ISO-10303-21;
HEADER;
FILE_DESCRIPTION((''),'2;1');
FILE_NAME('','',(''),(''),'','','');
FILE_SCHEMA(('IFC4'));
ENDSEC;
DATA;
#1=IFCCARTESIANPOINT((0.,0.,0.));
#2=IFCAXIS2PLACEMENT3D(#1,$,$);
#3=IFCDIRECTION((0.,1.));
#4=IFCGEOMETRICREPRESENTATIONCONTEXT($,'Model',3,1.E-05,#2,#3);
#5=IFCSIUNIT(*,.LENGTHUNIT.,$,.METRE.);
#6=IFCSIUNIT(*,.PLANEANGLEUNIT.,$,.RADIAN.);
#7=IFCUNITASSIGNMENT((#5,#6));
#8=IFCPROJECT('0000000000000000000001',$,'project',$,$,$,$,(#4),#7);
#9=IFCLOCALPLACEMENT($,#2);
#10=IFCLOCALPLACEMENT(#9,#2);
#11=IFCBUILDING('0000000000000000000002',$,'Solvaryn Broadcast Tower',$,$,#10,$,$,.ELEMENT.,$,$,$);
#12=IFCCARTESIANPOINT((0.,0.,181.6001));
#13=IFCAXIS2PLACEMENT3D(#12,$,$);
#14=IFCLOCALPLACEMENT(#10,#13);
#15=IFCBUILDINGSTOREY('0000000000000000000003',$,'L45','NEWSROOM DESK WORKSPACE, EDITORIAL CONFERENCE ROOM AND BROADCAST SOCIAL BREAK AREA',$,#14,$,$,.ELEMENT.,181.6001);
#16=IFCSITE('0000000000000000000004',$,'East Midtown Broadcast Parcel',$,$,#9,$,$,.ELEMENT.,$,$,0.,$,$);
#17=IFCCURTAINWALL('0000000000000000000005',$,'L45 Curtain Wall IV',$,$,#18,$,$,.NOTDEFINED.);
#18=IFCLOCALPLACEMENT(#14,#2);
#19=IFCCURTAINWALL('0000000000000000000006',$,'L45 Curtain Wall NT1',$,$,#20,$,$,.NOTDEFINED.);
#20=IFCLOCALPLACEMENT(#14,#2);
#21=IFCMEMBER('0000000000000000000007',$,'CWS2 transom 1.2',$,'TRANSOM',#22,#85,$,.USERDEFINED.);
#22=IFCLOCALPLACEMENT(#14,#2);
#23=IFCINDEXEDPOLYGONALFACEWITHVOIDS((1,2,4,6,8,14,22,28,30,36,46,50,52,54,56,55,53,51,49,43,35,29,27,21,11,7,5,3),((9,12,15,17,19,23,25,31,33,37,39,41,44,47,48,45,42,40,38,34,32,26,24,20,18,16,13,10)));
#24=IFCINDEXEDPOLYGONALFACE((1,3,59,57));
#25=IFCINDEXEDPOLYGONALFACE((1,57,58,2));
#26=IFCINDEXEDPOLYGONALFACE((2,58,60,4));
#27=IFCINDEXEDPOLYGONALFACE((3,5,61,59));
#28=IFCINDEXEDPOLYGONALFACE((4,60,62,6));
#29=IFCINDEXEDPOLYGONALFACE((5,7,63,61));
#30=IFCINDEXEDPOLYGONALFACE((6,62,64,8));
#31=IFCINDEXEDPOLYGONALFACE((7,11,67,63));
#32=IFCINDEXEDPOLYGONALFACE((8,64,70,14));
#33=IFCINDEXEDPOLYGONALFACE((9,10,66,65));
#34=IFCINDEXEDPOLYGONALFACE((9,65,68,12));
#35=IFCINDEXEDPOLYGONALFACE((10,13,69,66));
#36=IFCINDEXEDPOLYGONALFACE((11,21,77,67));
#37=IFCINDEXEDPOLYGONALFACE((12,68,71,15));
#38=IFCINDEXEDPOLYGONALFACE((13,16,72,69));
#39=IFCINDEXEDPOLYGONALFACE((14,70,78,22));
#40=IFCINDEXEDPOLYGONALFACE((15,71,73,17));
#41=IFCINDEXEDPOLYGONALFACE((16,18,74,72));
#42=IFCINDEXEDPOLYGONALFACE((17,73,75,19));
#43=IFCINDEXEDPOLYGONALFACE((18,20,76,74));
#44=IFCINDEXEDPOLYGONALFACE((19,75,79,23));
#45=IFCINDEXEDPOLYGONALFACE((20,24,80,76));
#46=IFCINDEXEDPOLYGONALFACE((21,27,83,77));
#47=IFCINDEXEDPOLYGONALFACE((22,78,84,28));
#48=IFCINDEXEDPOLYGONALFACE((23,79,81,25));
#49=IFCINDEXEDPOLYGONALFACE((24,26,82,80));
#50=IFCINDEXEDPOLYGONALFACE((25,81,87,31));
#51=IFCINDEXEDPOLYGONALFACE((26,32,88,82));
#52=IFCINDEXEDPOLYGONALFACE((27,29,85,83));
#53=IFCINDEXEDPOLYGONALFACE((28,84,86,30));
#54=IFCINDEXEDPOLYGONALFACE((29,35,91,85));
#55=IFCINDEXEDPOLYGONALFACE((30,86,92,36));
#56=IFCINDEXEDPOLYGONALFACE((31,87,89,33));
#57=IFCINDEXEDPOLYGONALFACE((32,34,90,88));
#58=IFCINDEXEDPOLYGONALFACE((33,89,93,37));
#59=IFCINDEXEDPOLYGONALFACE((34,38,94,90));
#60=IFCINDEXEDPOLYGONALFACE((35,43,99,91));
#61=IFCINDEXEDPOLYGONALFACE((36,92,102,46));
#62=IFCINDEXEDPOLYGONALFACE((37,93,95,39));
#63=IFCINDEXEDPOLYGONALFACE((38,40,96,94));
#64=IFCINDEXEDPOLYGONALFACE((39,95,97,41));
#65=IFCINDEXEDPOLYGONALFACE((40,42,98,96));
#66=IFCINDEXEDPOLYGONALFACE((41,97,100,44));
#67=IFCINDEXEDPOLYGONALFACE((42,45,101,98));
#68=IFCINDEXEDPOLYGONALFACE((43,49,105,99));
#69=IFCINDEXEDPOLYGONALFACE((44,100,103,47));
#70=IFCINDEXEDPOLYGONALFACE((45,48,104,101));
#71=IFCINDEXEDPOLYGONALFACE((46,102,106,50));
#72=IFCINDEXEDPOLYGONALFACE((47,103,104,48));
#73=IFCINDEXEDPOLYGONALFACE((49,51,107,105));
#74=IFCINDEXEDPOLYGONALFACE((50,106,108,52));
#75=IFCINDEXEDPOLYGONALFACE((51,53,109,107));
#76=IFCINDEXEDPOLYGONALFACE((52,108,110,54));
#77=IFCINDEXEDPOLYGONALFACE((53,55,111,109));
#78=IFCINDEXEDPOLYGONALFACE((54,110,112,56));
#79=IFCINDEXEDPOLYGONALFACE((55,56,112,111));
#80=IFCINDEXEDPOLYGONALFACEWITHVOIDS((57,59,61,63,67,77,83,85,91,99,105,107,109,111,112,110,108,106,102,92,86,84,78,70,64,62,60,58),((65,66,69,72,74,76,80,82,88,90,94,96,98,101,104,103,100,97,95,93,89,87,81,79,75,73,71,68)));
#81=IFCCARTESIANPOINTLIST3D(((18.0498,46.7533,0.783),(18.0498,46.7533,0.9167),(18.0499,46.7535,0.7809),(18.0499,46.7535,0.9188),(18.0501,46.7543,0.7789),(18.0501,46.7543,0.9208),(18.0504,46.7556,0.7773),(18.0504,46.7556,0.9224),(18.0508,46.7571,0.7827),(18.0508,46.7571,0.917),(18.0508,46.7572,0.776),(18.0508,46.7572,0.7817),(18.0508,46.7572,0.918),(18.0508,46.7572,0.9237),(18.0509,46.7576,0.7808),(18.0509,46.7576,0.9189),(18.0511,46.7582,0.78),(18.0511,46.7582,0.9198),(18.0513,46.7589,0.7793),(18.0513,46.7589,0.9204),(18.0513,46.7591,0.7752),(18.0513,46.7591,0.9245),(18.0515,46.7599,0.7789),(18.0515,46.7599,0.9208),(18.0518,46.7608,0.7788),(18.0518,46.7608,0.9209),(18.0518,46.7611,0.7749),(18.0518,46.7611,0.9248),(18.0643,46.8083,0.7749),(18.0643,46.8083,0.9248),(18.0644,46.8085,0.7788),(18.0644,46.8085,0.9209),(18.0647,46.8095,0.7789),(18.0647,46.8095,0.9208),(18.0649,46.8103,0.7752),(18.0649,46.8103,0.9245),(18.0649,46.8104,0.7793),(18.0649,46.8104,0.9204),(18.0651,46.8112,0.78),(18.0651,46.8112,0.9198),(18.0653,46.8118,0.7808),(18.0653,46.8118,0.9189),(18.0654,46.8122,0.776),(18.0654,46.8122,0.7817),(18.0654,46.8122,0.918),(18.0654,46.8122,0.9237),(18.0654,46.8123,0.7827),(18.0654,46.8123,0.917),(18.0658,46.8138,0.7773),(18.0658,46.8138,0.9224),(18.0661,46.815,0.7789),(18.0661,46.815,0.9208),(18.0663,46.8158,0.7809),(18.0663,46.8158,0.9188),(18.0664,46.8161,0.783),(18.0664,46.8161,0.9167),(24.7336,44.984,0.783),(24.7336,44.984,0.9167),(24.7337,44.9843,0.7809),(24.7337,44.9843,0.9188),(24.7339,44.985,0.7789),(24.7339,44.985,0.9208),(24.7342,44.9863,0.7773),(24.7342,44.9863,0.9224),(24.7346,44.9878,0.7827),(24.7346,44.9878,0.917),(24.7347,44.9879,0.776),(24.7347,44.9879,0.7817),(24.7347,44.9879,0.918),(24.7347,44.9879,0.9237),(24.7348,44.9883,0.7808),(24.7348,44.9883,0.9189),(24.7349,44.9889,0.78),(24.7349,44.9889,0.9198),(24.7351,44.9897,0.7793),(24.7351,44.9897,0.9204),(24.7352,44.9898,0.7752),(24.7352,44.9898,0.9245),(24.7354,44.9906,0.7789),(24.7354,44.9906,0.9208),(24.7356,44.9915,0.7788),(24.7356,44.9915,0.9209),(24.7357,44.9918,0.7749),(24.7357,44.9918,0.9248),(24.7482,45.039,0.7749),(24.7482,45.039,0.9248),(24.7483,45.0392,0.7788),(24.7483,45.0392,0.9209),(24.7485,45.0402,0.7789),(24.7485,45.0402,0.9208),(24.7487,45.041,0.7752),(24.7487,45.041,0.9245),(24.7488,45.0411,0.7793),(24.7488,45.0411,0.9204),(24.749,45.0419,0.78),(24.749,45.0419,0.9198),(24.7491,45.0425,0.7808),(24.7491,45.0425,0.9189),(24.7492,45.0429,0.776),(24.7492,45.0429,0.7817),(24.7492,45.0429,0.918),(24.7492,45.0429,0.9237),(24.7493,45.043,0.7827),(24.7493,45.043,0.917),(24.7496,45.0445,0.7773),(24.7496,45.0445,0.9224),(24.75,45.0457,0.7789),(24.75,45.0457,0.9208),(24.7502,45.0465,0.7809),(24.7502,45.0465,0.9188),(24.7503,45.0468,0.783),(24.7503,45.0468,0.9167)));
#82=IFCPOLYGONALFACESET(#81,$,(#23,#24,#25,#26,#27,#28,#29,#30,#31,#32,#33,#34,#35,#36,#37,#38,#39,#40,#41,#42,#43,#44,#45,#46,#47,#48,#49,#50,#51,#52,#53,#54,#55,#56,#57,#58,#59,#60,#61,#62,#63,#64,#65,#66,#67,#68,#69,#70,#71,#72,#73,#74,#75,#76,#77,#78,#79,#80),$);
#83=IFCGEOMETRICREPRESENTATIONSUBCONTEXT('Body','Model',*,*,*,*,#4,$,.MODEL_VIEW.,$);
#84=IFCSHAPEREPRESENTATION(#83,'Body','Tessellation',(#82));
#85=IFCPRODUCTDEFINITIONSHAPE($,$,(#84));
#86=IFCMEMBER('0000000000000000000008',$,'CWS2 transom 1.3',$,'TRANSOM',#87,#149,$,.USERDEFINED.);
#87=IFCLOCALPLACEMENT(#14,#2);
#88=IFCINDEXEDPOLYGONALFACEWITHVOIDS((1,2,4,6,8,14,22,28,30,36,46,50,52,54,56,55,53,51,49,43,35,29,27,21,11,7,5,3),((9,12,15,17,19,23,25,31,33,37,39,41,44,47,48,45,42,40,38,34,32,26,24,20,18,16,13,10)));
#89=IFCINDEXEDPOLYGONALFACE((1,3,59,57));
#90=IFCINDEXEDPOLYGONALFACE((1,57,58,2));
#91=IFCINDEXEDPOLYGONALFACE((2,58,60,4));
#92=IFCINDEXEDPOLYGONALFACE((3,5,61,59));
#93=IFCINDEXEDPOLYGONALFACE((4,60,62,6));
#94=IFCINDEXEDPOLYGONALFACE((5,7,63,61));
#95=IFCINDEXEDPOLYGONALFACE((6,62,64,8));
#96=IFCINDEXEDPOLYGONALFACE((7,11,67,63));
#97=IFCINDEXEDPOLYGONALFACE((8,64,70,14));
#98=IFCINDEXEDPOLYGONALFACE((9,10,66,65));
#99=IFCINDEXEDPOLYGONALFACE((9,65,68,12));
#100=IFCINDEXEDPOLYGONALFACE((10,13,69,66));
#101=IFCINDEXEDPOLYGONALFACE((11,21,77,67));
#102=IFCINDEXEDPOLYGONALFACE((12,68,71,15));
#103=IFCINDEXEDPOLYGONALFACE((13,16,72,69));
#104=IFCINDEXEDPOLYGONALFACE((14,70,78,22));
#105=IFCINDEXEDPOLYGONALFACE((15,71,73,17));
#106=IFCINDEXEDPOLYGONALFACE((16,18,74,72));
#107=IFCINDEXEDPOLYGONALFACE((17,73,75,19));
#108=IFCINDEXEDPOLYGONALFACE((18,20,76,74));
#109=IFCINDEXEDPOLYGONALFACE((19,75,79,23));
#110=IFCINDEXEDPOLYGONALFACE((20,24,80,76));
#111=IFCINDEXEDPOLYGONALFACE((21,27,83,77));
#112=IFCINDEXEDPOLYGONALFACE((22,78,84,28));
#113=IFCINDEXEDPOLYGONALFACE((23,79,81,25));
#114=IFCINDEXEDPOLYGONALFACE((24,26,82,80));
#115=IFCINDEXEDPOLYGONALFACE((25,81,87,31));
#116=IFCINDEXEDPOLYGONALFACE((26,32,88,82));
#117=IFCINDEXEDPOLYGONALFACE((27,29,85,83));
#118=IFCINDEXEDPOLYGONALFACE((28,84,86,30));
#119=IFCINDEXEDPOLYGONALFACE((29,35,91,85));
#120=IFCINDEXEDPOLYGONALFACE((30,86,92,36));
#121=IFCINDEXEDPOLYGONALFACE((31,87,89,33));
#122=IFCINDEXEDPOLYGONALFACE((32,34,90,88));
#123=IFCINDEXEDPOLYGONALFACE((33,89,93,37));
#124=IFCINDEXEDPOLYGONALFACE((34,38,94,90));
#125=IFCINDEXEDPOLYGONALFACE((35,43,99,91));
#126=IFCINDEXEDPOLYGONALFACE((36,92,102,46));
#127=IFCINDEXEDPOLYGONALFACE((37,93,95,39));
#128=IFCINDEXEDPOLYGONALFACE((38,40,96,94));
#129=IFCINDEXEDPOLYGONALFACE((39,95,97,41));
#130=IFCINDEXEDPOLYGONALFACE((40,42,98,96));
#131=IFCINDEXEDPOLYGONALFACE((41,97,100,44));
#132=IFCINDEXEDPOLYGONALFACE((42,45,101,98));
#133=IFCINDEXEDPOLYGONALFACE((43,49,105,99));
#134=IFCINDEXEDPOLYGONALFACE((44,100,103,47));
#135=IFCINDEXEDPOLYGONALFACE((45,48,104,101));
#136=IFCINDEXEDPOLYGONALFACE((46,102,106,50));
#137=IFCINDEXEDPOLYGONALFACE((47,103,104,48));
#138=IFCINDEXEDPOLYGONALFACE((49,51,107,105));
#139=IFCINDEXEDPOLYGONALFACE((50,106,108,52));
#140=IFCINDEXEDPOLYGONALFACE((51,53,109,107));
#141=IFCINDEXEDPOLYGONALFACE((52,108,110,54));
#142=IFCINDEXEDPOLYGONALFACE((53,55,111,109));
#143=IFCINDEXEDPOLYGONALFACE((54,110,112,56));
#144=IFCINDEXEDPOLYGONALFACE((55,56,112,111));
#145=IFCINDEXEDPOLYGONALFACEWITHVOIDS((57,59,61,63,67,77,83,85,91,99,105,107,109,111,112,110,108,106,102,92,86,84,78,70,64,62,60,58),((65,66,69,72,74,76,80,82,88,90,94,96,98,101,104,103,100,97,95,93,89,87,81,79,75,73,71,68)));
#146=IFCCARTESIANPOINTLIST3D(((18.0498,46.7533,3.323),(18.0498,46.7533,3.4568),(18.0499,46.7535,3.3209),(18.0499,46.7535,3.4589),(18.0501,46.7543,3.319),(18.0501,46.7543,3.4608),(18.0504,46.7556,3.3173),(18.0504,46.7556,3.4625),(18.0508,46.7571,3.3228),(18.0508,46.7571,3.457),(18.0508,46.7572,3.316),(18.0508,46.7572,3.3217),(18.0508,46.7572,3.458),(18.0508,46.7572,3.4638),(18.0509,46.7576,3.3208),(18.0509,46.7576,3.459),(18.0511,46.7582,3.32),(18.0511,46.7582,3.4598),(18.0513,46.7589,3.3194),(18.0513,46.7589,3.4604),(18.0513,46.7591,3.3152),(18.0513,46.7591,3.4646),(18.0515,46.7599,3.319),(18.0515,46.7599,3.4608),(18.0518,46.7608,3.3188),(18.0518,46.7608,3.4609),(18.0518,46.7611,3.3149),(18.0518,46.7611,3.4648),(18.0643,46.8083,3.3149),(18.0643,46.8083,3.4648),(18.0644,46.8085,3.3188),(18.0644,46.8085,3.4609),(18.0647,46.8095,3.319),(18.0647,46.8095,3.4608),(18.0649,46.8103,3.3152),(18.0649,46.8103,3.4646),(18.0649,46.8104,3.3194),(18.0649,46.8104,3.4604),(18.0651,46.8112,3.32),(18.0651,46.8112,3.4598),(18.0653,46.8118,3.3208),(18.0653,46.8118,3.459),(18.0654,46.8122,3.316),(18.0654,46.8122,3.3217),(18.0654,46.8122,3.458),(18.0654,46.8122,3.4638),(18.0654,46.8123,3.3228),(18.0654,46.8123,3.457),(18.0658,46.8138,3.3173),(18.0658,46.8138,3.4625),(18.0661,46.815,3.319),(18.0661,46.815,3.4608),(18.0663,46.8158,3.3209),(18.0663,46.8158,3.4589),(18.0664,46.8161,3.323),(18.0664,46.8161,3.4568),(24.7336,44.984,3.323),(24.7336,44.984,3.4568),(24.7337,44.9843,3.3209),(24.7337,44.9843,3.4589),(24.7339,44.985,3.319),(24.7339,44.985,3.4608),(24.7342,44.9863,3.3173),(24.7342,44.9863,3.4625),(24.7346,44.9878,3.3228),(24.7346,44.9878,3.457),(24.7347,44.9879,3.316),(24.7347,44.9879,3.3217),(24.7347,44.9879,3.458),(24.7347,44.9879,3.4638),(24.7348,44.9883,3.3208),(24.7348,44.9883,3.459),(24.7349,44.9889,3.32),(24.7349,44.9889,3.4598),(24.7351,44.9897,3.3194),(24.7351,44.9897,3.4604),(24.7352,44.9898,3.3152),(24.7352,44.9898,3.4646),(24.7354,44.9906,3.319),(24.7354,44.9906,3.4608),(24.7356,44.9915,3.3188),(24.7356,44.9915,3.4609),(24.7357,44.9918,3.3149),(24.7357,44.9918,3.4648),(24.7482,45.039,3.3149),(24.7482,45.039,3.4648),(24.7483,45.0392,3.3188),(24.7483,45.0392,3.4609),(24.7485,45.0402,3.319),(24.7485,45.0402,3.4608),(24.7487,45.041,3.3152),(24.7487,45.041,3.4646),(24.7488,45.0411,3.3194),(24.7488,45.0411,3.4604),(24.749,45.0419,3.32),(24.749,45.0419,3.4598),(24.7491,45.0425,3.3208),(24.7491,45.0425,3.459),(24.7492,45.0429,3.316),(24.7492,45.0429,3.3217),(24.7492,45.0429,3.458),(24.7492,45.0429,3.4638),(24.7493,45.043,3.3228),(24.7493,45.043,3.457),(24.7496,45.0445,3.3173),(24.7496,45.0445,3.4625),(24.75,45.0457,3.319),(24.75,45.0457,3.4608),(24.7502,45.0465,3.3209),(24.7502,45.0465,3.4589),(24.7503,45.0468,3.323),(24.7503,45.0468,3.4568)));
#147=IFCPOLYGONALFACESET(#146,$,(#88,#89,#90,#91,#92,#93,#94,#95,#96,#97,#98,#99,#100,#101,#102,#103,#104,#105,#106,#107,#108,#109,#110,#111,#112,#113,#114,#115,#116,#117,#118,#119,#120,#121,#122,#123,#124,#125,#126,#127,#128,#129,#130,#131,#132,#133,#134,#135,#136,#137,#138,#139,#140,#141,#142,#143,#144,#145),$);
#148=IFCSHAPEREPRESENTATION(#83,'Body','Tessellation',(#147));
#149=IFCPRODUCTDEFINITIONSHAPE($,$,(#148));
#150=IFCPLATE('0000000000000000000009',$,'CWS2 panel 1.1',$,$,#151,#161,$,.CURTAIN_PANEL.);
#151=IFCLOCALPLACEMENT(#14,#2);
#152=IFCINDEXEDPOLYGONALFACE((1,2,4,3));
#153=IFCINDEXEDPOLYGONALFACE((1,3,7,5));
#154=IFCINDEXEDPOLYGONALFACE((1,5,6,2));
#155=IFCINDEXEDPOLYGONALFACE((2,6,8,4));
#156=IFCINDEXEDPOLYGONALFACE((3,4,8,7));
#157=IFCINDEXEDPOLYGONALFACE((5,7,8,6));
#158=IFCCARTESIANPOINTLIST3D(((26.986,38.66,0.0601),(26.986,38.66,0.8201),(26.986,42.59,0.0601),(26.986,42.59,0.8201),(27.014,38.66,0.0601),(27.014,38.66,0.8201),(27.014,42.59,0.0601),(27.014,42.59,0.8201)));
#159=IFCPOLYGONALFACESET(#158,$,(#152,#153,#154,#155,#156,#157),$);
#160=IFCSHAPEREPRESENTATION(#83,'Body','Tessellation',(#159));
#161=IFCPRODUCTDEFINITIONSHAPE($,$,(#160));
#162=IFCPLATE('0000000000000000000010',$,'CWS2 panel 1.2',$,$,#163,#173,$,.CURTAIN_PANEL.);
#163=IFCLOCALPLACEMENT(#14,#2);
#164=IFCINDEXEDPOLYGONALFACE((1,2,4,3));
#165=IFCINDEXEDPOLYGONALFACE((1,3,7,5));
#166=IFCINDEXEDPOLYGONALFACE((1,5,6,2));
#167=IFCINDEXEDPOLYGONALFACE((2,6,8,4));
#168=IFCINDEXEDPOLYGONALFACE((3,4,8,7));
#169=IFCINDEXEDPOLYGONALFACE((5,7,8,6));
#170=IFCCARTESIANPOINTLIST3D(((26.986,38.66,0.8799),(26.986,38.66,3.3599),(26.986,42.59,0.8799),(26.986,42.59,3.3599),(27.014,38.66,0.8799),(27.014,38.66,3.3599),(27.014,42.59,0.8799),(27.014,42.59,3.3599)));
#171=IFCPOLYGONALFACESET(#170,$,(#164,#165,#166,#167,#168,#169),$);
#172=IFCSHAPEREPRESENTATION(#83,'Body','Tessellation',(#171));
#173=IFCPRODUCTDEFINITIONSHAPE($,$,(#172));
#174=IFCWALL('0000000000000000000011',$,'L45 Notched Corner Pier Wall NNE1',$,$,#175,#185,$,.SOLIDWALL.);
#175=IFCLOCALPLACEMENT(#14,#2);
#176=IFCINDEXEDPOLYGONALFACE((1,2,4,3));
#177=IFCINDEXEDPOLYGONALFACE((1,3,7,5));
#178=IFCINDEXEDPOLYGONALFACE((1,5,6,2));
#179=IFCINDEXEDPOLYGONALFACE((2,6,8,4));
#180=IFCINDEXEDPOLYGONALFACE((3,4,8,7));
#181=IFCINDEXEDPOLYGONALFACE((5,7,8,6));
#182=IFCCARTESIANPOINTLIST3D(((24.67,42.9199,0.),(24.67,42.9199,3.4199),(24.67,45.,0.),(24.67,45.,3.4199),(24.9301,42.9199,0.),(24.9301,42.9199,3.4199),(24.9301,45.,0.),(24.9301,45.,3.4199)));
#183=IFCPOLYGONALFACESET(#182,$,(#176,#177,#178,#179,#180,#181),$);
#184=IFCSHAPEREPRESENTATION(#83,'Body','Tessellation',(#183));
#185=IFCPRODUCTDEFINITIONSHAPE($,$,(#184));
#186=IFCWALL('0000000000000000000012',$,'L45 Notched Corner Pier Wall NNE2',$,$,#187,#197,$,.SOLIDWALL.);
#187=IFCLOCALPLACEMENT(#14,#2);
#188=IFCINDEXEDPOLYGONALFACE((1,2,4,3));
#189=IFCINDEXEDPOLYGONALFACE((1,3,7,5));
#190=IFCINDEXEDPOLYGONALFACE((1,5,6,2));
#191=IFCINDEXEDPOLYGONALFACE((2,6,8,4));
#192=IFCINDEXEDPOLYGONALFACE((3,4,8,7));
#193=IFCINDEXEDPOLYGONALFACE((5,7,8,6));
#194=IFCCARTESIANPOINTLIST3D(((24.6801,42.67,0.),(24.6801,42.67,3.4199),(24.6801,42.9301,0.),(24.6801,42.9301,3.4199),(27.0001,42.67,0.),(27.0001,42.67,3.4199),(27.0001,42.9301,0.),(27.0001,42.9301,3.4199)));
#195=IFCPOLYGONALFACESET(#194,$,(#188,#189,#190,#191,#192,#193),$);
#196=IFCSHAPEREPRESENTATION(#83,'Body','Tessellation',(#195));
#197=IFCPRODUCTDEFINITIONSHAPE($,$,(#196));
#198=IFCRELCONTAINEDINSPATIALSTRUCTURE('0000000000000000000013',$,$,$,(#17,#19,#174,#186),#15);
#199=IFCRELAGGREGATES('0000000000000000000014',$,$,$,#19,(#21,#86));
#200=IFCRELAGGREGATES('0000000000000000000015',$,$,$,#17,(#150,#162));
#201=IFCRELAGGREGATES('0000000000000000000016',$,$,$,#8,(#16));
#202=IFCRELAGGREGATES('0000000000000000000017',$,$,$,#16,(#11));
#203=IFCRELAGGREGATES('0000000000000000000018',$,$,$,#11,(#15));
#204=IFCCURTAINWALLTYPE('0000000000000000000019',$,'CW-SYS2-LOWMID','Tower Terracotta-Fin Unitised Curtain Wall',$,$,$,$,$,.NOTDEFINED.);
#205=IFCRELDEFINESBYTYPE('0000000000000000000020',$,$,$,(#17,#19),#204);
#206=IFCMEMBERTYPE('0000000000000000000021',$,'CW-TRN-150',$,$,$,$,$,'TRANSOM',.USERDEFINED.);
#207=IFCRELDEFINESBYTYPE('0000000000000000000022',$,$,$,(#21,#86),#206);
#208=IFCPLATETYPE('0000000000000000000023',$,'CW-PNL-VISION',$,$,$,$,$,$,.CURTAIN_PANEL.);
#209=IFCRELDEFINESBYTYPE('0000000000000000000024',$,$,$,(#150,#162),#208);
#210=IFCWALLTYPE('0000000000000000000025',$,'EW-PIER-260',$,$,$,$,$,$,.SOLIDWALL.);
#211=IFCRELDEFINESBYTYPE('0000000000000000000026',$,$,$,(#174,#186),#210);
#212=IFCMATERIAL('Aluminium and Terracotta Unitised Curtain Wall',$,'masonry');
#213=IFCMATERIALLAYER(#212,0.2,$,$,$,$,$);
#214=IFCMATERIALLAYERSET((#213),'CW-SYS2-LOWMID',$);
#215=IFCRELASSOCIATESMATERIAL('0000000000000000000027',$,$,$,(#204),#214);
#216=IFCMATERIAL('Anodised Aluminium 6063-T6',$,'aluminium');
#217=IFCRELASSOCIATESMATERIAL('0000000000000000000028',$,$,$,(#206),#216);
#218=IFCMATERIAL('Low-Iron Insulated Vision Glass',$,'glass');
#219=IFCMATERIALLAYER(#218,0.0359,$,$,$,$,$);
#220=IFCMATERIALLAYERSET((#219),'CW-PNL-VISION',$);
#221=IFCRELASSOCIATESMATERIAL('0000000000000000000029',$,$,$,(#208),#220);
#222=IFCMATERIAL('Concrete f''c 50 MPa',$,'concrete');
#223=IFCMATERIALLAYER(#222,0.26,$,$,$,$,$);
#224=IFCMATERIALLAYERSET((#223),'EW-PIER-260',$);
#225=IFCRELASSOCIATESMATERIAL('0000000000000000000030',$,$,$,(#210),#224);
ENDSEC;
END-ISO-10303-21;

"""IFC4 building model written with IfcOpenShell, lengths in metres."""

from ifc_helpers import new_model, si_unit, direction, frame, frame_2d, origin, origin_2d, place, context, subcontext, project, spatial, rectangle, hollow_rectangle, extrude, material, layer, layer_set, material_profile, profile_set, type_object, element, aggregate, save


model = new_model("IFC4")

# Units and contexts
model_context = context("Model", 3, precision=1e-05, world=origin(), true_north=direction((0.0, 1.0)))
body_context = subcontext(model_context, "Body", "Model", "MODEL_VIEW")
ifc_project = project(units=[si_unit("LENGTHUNIT", "METRE"), si_unit("PLANEANGLEUNIT", "RADIAN")], contexts=[model_context])

# Site, building, storey
site_placement = place(None, origin())
site = spatial("IfcSite", under=ifc_project, at=site_placement, Name="East Midtown Broadcast Parcel", CompositionType="ELEMENT", RefElevation=0.0)
building_placement = place(site_placement, origin())
building = spatial("IfcBuilding", under=site, at=building_placement, Name="Solvaryn Broadcast Tower", CompositionType="ELEMENT")
storey_placement = place(building_placement, frame((0.0, 0.0, 181.6001)))
storey = spatial("IfcBuildingStorey", under=building, at=storey_placement, Name="L45", Description="NEWSROOM DESK WORKSPACE, EDITORIAL CONFERENCE ROOM AND BROADCAST SOCIAL BREAK AREA", CompositionType="ELEMENT", Elevation=181.6001)

# Curtain wall
ifc_material_1 = material(Name="Aluminium and Terracotta Unitised Curtain Wall", Category="masonry")
ifc_layer_1 = layer(ifc_material_1, 0.2)
ifc_layer_set_1 = layer_set([ifc_layer_1], Name="CW-SYS2-LOWMID")
curtain_wall_type = type_object("IfcCurtainWallType", Name="CW-SYS2-LOWMID", Description="Tower Terracotta-Fin Unitised Curtain Wall", PredefinedType="NOTDEFINED", material=ifc_layer_set_1)
curtain_wall_1_placement = place(storey_placement, origin())
curtain_wall_1 = element("IfcCurtainWall", 1, at=curtain_wall_1_placement, inside=storey, type_object=curtain_wall_type, Name="L45 Curtain Wall IV", PredefinedType="NOTDEFINED")

# Curtain wall
curtain_wall_2_placement = place(storey_placement, origin())
curtain_wall_2 = element("IfcCurtainWall", 2, at=curtain_wall_2_placement, inside=storey, type_object=curtain_wall_type, Name="L45 Curtain Wall NT1", PredefinedType="NOTDEFINED")

# Members
ifc_material_2 = material(Name="Anodised Aluminium 6063-T6", Category="aluminium")
ifc_material_profile_1 = material_profile(ifc_material_2, hollow_rectangle(XDim=0.0649, YDim=0.1499, WallThickness=0.0039, InnerFilletRadius=0.0039, OuterFilletRadius=0.0081, at=origin_2d()))
ifc_profile_set_1 = profile_set([ifc_material_profile_1], Name="Anodised Aluminium 6063-T6")
member_type_1 = type_object("IfcMemberType", Name="CW-TRN-150", ElementType="TRANSOM", PredefinedType="USERDEFINED", material=ifc_profile_set_1)
member_1_placement = place(storey_placement, frame((24.7419, 45.0154, 0.8499), z_axis=(-0.966704, 0.255897, 0.0), x_axis=(-0.255897, -0.966704, 0.0)))
member_1 = element("IfcMember", 3, at=member_1_placement, type_object=member_type_1, Name="CWS2 transom 1.2", ObjectType="TRANSOM", PredefinedType="USERDEFINED", context=body_context, shape_type="SweptSolid", body=[
    extrude(hollow_rectangle(XDim=0.0649, YDim=0.1499, WallThickness=0.0039, InnerFilletRadius=0.0039, OuterFilletRadius=0.0081, at=origin_2d()), origin(), (0.0, 0.0, 1.0), 6.9141),
])
member_2_placement = place(storey_placement, frame((24.7419, 45.0154, 3.3899), z_axis=(-0.966704, 0.255897, 0.0), x_axis=(-0.255897, -0.966704, 0.0)))
member_2 = element("IfcMember", 4, at=member_2_placement, type_object=member_type_1, Name="CWS2 transom 1.3", ObjectType="TRANSOM", PredefinedType="USERDEFINED", context=body_context, shape_type="SweptSolid", body=[
    extrude(hollow_rectangle(XDim=0.0649, YDim=0.1499, WallThickness=0.0039, InnerFilletRadius=0.0039, OuterFilletRadius=0.0081, at=origin_2d()), origin(), (0.0, 0.0, 1.0), 6.9141),
])
aggregate(curtain_wall_2, [member_1, member_2])

# Plates
ifc_material_3 = material(Name="Low-Iron Insulated Vision Glass", Category="glass")
ifc_layer_2 = layer(ifc_material_3, 0.0359)
ifc_layer_set_2 = layer_set([ifc_layer_2], Name="CW-PNL-VISION")
plate_type = type_object("IfcPlateType", Name="CW-PNL-VISION", PredefinedType="CURTAIN_PANEL", material=ifc_layer_set_2)
plate_1_placement = place(storey_placement, frame((27.0, 40.625, 0.0601), z_axis=(0.0, 0.0, 1.0), x_axis=(0.0, -1.0, 0.0)))
plate_1 = element("IfcPlate", 5, at=plate_1_placement, type_object=plate_type, Name="CWS2 panel 1.1", PredefinedType="CURTAIN_PANEL", context=body_context, shape_type="SweptSolid", body=[
    extrude(rectangle(XDim=3.9299, YDim=0.0281, at=origin_2d()), origin(), (0.0, 0.0, 1.0), 0.76),
])
plate_2_placement = place(storey_placement, frame((27.0, 40.625, 0.8799), z_axis=(0.0, 0.0, 1.0), x_axis=(0.0, -1.0, 0.0)))
plate_2 = element("IfcPlate", 6, at=plate_2_placement, type_object=plate_type, Name="CWS2 panel 1.2", PredefinedType="CURTAIN_PANEL", context=body_context, shape_type="SweptSolid", body=[
    extrude(rectangle(XDim=3.9299, YDim=0.0281, at=origin_2d()), origin(), (0.0, 0.0, 1.0), 2.48),
])
aggregate(curtain_wall_1, [plate_1, plate_2])

# Walls
ifc_material_4 = material(Name="Concrete f'c 50 MPa", Category="concrete")
ifc_layer_3 = layer(ifc_material_4, 0.26)
ifc_layer_set_3 = layer_set([ifc_layer_3], Name="EW-PIER-260")
wall_type_1 = type_object("IfcWallType", Name="EW-PIER-260", PredefinedType="SOLIDWALL", material=ifc_layer_set_3)
wall_1_placement = place(storey_placement, frame((24.8, 45.0, 0.0), z_axis=(0.0, 0.0, 1.0), x_axis=(0.0, -1.0, 0.0)))
element("IfcWall", 7, at=wall_1_placement, inside=storey, type_object=wall_type_1, Name="L45 Notched Corner Pier Wall NNE1", PredefinedType="SOLIDWALL", context=body_context, shape_type="SweptSolid", body=[
    extrude(rectangle(XDim=2.0801, YDim=0.26, at=frame_2d((1.04, 0.0))), origin(), (0.0, 0.0, 1.0), 3.4199),
])
wall_2_placement = place(storey_placement, frame((24.6799, 42.8, 0.0), z_axis=(0.0, 0.0, 1.0), x_axis=(1.0, 0.0, 0.0)))
element("IfcWall", 8, at=wall_2_placement, inside=storey, type_object=wall_type_1, Name="L45 Notched Corner Pier Wall NNE2", PredefinedType="SOLIDWALL", context=body_context, shape_type="SweptSolid", body=[
    extrude(rectangle(XDim=2.3201, YDim=0.26, at=frame_2d((1.1602, 0.0))), origin(), (0.0, 0.0, 1.0), 3.4199),
])

save(model, "model.ifc")
